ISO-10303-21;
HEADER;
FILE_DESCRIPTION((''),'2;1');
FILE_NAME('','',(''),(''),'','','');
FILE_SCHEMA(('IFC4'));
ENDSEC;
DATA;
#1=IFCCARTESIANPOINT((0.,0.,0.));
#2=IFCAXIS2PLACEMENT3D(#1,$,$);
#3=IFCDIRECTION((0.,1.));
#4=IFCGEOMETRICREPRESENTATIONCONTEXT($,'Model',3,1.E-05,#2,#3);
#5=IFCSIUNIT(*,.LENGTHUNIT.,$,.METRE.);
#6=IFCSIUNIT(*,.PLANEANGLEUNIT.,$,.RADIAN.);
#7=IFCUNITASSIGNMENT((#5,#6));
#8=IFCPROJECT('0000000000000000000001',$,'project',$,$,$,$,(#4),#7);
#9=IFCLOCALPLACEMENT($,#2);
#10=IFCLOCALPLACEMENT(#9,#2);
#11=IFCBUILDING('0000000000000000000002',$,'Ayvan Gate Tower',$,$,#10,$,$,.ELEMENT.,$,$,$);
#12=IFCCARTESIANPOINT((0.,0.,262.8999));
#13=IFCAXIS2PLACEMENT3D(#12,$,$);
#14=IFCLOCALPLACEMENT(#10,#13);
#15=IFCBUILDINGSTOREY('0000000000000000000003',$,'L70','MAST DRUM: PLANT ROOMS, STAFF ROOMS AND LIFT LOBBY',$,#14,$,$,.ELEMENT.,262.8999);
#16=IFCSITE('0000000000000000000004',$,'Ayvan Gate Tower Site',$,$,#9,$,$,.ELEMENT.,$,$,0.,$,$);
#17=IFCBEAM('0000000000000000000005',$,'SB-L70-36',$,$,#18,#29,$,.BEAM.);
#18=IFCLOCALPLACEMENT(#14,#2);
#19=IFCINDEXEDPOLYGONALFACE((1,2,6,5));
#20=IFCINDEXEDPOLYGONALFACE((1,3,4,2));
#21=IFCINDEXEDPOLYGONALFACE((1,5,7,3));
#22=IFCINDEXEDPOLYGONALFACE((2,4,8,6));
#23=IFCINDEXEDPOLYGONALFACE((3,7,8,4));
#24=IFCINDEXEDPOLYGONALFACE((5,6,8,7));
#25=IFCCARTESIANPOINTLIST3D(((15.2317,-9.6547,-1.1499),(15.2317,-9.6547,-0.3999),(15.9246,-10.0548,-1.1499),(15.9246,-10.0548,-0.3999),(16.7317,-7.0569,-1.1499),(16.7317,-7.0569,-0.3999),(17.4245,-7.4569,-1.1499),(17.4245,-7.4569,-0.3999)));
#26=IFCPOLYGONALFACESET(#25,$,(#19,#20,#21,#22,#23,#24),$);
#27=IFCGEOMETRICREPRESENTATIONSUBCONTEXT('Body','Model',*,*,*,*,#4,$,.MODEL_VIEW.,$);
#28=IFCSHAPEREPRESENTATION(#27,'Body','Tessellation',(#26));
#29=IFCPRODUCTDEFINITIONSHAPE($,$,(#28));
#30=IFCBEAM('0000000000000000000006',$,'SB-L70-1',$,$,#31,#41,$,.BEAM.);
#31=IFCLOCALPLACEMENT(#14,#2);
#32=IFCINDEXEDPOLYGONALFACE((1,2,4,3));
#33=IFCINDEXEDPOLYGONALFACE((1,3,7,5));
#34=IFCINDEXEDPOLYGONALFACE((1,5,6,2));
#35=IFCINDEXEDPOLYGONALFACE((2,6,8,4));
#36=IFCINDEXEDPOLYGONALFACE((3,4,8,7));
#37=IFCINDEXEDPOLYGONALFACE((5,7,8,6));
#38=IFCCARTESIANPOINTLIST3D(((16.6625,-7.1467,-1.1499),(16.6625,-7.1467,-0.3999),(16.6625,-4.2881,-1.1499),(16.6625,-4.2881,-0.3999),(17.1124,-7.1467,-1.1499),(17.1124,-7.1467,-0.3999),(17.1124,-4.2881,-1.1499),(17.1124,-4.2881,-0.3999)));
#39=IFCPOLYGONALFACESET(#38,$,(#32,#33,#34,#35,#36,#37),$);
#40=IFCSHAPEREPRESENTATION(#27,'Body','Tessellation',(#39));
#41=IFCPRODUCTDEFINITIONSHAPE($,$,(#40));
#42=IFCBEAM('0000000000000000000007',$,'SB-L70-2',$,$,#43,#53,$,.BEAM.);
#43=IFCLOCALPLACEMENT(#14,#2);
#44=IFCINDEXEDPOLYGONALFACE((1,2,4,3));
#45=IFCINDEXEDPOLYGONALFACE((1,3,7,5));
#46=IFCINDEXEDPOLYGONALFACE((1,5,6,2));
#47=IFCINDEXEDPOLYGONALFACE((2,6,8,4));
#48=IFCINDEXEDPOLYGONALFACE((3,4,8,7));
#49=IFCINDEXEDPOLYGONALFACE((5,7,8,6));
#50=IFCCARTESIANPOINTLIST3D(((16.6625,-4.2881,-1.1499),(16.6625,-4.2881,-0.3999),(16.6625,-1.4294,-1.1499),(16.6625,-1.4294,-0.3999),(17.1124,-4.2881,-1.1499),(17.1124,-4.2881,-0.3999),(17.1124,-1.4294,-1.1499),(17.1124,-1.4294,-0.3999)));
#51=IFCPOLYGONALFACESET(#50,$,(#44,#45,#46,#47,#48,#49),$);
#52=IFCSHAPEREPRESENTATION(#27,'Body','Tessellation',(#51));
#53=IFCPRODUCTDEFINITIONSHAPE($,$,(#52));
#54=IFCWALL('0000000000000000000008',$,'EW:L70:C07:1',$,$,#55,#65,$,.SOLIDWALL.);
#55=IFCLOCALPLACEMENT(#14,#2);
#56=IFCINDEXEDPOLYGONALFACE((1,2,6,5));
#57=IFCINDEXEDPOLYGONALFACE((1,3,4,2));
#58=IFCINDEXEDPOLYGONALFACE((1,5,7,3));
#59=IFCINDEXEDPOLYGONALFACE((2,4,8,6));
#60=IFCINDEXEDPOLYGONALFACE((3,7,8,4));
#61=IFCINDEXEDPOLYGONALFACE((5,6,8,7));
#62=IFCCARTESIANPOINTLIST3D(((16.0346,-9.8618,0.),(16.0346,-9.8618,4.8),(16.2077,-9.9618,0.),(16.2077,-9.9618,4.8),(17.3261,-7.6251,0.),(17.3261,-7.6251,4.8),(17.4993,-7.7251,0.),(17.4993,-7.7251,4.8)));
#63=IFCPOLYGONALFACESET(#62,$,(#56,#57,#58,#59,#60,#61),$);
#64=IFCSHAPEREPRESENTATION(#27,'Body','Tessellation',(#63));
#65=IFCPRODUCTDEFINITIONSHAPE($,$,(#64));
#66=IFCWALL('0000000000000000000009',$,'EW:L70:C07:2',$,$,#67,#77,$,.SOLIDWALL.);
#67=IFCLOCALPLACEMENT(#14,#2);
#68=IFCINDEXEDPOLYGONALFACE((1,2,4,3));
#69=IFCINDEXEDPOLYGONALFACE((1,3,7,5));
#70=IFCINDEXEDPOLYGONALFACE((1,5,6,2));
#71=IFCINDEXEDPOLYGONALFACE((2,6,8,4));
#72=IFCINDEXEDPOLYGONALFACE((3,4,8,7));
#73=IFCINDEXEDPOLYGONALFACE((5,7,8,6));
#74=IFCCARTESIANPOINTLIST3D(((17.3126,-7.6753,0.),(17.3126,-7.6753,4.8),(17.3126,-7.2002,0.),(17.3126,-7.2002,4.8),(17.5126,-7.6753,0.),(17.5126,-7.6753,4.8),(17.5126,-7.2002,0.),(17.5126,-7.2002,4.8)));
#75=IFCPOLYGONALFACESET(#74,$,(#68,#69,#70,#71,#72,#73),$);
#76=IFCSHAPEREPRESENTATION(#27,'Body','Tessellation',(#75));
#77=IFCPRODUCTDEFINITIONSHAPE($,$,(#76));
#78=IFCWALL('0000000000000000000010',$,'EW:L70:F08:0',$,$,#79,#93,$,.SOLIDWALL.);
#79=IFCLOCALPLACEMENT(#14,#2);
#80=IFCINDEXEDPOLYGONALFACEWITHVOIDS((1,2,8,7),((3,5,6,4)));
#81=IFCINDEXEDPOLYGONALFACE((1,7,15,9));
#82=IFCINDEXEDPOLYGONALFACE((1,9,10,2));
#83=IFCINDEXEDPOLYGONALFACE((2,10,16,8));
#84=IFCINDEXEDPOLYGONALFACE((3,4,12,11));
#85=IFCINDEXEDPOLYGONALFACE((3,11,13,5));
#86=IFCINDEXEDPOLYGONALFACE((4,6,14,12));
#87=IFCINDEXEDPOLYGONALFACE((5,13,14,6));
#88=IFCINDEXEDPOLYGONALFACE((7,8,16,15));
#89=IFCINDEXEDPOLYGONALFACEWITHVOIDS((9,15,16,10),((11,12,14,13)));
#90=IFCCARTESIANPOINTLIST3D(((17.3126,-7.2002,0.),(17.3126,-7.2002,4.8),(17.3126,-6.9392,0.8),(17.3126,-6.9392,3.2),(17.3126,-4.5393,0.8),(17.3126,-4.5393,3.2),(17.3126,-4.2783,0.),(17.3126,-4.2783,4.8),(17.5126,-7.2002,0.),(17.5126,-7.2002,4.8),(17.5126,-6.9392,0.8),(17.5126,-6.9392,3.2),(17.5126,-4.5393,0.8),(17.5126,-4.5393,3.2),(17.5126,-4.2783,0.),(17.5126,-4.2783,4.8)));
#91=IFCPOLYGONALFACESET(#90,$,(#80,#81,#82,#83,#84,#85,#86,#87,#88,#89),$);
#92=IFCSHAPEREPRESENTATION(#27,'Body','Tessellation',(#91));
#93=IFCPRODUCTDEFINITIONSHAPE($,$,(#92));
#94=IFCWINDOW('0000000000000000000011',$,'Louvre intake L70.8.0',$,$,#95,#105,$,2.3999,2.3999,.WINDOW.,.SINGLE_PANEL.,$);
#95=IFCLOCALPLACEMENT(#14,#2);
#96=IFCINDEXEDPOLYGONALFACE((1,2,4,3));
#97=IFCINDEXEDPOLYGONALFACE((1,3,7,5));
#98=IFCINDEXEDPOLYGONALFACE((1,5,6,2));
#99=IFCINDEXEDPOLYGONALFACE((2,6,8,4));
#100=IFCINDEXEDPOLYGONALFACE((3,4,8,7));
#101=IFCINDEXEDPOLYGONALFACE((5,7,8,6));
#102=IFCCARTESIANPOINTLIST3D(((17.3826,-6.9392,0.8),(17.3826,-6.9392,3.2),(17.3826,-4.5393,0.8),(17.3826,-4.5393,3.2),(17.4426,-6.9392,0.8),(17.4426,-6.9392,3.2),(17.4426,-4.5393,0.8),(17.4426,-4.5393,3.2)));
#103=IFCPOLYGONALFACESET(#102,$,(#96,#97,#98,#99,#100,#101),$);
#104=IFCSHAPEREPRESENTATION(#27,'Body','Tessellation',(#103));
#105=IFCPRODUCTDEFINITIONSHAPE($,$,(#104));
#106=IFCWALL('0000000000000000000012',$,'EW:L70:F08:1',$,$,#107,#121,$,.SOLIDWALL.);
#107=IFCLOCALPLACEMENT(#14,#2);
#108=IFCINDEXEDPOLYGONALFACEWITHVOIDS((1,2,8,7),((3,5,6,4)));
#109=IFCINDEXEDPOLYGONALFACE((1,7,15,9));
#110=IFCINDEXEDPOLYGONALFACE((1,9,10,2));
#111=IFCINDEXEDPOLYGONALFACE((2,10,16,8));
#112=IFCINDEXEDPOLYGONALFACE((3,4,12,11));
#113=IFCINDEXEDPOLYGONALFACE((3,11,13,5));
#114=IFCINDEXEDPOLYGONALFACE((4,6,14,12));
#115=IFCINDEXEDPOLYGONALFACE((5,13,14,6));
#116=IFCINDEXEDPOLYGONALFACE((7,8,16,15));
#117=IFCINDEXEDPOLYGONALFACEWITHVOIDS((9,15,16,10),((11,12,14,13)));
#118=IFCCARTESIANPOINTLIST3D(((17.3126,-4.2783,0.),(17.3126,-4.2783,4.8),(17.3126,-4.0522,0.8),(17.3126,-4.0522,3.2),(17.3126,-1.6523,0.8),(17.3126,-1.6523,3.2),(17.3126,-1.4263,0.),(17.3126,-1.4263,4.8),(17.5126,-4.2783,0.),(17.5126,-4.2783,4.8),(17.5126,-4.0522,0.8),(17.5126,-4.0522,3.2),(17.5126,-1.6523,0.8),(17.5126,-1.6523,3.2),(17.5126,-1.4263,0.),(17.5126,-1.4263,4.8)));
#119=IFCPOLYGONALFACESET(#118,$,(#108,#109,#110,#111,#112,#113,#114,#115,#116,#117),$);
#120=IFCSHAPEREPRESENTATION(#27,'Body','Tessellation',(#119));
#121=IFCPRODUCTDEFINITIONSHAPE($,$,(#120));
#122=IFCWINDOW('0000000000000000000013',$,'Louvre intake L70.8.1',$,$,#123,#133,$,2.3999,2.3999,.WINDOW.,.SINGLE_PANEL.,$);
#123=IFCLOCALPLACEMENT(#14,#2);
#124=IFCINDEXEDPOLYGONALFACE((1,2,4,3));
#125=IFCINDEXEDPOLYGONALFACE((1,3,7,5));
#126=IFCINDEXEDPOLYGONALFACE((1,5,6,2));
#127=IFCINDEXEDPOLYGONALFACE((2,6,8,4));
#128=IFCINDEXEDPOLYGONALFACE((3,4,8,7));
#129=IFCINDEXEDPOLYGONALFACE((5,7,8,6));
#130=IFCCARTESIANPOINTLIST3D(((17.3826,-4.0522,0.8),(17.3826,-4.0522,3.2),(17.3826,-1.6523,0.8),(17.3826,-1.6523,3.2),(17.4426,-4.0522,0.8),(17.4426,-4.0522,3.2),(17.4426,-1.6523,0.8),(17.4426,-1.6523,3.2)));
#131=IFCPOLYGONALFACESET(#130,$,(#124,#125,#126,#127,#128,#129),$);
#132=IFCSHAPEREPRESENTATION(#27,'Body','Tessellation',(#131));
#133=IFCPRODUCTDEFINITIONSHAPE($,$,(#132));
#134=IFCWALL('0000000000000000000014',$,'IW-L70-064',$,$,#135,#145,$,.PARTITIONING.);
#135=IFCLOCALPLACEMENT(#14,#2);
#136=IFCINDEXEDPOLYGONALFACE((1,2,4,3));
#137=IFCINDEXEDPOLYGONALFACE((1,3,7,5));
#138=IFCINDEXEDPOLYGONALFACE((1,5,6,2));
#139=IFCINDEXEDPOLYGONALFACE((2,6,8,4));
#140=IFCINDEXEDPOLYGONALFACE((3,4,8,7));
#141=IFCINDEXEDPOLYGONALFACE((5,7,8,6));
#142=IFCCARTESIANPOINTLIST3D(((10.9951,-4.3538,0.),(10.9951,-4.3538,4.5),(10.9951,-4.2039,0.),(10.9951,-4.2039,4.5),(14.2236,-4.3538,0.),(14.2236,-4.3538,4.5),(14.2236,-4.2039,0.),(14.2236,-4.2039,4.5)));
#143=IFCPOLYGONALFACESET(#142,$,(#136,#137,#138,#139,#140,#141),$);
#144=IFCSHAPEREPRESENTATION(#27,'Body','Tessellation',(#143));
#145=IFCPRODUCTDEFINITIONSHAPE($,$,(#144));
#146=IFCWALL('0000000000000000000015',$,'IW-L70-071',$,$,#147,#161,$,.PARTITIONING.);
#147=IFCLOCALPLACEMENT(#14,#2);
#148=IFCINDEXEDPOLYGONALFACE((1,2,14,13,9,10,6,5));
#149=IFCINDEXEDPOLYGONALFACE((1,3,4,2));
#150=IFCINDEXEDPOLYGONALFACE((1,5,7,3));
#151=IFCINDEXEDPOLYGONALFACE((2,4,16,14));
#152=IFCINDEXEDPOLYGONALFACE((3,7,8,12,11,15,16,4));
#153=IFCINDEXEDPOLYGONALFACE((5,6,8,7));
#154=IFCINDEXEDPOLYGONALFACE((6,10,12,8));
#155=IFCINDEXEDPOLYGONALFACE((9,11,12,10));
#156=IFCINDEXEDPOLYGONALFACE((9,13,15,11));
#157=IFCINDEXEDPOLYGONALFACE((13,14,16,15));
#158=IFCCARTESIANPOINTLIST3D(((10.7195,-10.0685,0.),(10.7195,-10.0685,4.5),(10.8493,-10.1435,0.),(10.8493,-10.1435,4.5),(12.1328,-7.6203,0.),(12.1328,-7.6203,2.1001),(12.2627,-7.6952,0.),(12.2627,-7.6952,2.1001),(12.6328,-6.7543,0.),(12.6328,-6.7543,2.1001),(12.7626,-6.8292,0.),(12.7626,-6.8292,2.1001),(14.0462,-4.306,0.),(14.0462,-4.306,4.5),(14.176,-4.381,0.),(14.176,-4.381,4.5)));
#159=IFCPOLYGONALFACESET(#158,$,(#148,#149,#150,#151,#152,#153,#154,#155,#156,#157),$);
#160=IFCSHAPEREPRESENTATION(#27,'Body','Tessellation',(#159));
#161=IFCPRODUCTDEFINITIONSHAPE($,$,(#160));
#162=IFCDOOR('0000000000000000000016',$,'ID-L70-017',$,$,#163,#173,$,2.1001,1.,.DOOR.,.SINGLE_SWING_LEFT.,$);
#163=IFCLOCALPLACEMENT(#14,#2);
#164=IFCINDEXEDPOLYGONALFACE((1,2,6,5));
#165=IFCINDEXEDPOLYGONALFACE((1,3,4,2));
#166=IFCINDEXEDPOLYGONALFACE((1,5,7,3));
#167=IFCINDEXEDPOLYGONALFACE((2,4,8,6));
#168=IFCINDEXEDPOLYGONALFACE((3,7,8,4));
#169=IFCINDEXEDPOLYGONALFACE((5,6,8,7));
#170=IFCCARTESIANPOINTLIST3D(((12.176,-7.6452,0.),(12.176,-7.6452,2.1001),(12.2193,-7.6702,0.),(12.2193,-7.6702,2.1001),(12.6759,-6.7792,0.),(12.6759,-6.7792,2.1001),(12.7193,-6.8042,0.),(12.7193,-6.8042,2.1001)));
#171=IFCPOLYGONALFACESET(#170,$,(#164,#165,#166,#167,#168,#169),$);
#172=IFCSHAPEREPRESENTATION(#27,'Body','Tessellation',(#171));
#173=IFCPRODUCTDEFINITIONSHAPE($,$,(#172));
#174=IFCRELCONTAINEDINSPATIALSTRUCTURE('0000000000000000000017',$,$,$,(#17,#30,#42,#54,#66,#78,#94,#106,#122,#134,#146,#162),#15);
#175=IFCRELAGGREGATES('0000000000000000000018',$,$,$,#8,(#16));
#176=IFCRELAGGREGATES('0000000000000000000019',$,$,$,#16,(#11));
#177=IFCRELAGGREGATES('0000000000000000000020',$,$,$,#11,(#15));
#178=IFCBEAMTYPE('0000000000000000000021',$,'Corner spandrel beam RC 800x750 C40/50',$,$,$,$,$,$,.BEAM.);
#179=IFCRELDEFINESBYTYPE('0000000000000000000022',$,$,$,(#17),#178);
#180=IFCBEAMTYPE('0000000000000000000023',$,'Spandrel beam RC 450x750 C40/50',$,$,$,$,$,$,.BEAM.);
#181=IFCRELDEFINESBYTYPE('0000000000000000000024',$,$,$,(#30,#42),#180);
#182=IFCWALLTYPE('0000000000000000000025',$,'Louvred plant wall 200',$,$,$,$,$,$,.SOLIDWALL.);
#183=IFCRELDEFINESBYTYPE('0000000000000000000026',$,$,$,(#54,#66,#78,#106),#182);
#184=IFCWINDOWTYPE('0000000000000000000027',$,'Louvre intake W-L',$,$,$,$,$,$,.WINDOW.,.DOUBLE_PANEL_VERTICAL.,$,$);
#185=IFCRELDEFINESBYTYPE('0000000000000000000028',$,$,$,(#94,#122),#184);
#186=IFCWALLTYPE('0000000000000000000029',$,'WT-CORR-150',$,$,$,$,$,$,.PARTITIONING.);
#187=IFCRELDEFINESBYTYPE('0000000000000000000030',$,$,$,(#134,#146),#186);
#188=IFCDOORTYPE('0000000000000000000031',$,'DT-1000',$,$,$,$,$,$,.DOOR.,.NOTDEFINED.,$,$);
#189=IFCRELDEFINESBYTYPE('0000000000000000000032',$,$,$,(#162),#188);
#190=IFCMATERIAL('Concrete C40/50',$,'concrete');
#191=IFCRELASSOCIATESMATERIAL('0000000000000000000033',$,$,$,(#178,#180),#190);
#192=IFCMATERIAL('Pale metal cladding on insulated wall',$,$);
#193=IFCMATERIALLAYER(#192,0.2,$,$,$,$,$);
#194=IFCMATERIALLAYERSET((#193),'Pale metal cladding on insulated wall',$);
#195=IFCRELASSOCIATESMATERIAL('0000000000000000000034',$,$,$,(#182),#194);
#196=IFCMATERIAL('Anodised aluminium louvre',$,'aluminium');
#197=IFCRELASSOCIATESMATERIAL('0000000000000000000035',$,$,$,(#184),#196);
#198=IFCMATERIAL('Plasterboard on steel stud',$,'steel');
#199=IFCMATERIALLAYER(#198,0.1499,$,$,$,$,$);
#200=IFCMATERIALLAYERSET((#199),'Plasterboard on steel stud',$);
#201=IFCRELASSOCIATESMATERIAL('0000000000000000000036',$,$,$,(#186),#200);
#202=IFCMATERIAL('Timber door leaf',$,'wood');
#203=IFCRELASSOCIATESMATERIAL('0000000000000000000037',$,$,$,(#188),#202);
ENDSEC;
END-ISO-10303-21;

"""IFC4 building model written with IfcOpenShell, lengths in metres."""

from ifc_helpers import new_model, si_unit, direction, frame, frame_2d, origin, origin_2d, place, context, subcontext, project, spatial, rectangle, extrude, material, layer, layer_set, material_profile, profile_set, type_object, element, fill, save


model = new_model("IFC4")

# Units and contexts
model_context = context("Model", 3, precision=1e-05, world=origin(), true_north=direction((0.0, 1.0)))
body_context = subcontext(model_context, "Body", "Model", "MODEL_VIEW")
ifc_project = project(units=[si_unit("LENGTHUNIT", "METRE"), si_unit("PLANEANGLEUNIT", "RADIAN")], contexts=[model_context])

# Site, building, storey
site_placement = place(None, origin())
site = spatial("IfcSite", under=ifc_project, at=site_placement, Name="Ayvan Gate Tower Site", CompositionType="ELEMENT", RefElevation=0.0)
building_placement = place(site_placement, origin())
building = spatial("IfcBuilding", under=site, at=building_placement, Name="Ayvan Gate Tower", CompositionType="ELEMENT")
storey_placement = place(building_placement, frame((0.0, 0.0, 262.8999)))
storey = spatial("IfcBuildingStorey", under=building, at=storey_placement, Name="L70", Description="MAST DRUM: PLANT ROOMS, STAFF ROOMS AND LIFT LOBBY", CompositionType="ELEMENT", Elevation=262.8999)

# Beams
ifc_material_1 = material(Name="Concrete C40/50", Category="concrete")
ifc_material_profile_1 = material_profile(ifc_material_1, rectangle(XDim=0.8, YDim=0.75, at=origin_2d()), Name="RC 800x750")
ifc_profile_set_1 = profile_set([ifc_material_profile_1], Name="Concrete C40/50")
beam_type_1 = type_object("IfcBeamType", Name="Corner spandrel beam RC 800x750 C40/50", PredefinedType="BEAM", material=ifc_profile_set_1)
beam_placement = place(storey_placement, frame((15.5781, -9.8547, -0.7749), z_axis=(0.500025, 0.866011, 0.0), x_axis=(-0.866011, 0.500025, 0.0)))
element("IfcBeam", 1, at=beam_placement, inside=storey, type_object=beam_type_1, Name="SB-L70-36", PredefinedType="BEAM", context=body_context, shape_type="SweptSolid", body=[
    extrude(rectangle(XDim=0.8, YDim=0.75, at=origin_2d()), origin(), (0.0, 0.0, 1.0), 2.9998),
])
ifc_material_profile_2 = material_profile(ifc_material_1, rectangle(XDim=0.45, YDim=0.75, at=origin_2d()), Name="RC 450x750")
ifc_profile_set_2 = profile_set([ifc_material_profile_2], Name="Concrete C40/50")
beam_type_2 = type_object("IfcBeamType", Name="Spandrel beam RC 450x750 C40/50", PredefinedType="BEAM", material=ifc_profile_set_2)
for number, where, z_axis, x_axis, name in (
    (2, (16.8875, -7.1467, -0.7749), (0.0, 1.0, 0.0), (-1.0, 0.0, 0.0), "SB-L70-1"),
    (3, (16.8875, -4.2881, -0.7749), (0.0, 1.0, 0.0), (-1.0, 0.0, 0.0), "SB-L70-2"),
):
    element("IfcBeam", number, at=place(storey_placement, frame(where, z_axis=z_axis, x_axis=x_axis)), inside=storey, type_object=beam_type_2, Name=name, PredefinedType="BEAM", context=body_context, shape_type="SweptSolid", body=[
        extrude(rectangle(XDim=0.45, YDim=0.75, at=origin_2d()), origin(), (0.0, 0.0, 1.0), 2.8586),
    ])

# Walls
ifc_material_2 = material(Name="Pale metal cladding on insulated wall")
ifc_layer_1 = layer(ifc_material_2, 0.2)
ifc_layer_set_1 = layer_set([ifc_layer_1], Name="Pale metal cladding on insulated wall")
wall_type_1 = type_object("IfcWallType", Name="Louvred plant wall 200", PredefinedType="SOLIDWALL", material=ifc_layer_set_1)
wall_1_placement = place(storey_placement, frame((16.1211, -9.9119, 0.0), z_axis=(0.0, 0.0, 1.0), x_axis=(0.500063, 0.865989, 0.0)))
element("IfcWall", 4, at=wall_1_placement, inside=storey, type_object=wall_type_1, Name="EW:L70:C07:1", PredefinedType="SOLIDWALL", context=body_context, shape_type="SweptSolid", body=[
    extrude(rectangle(XDim=2.5828, YDim=0.2, at=frame_2d((1.2915, 0.0))), origin(), (0.0, 0.0, 1.0), 4.8),
])
wall_2_placement = place(storey_placement, frame((17.4126, -7.6753, 0.0), z_axis=(0.0, 0.0, 1.0), x_axis=(0.0, 1.0, 0.0)))
element("IfcWall", 5, at=wall_2_placement, inside=storey, type_object=wall_type_1, Name="EW:L70:C07:2", PredefinedType="SOLIDWALL", context=body_context, shape_type="SweptSolid", body=[
    extrude(rectangle(XDim=0.4751, YDim=0.2, at=frame_2d((0.2375, 0.0))), origin(), (0.0, 0.0, 1.0), 4.8),
])

# Walls, openings, windows
wall_3_placement = place(storey_placement, frame((17.4126, -7.2002, 0.0), z_axis=(0.0, 0.0, 1.0), x_axis=(0.0, 1.0, 0.0)))
wall_3 = element("IfcWall", 6, at=wall_3_placement, inside=storey, type_object=wall_type_1, Name="EW:L70:F08:0", PredefinedType="SOLIDWALL", context=body_context, shape_type="SweptSolid", body=[
    extrude(rectangle(XDim=2.9219, YDim=0.2, at=frame_2d((1.4609, 0.0))), origin(), (0.0, 0.0, 1.0), 4.8),
])
opening_1_placement = place(wall_3_placement, frame((0.261, 0.0, 0.8)))
opening_1 = element("IfcOpeningElement", 7, at=opening_1_placement, cuts=wall_3, PredefinedType="OPENING", context=body_context, shape_type="SweptSolid", body=[
    extrude(rectangle(XDim=2.3999, YDim=2.3999, at=frame_2d((1.2, 1.2))), frame((0.0, 0.1099, 0.0), z_axis=(0.0, -1.0, 0.0), x_axis=(1.0, 0.0, 0.0)), (0.0, 0.0, 1.0), 0.22),
])
ifc_material_3 = material(Name="Anodised aluminium louvre", Category="aluminium")
window_type = type_object("IfcWindowType", Name="Louvre intake W-L", PartitioningType="DOUBLE_PANEL_VERTICAL", PredefinedType="WINDOW", material=ifc_material_3)
window_1_placement = place(opening_1_placement, origin())
window_1 = element("IfcWindow", 8, at=window_1_placement, inside=storey, type_object=window_type, Name="Louvre intake L70.8.0", OverallHeight=2.3999, OverallWidth=2.3999, PartitioningType="SINGLE_PANEL", PredefinedType="WINDOW", context=body_context, shape_type="SweptSolid", body=[
    extrude(rectangle(XDim=2.3999, YDim=2.3999, at=frame_2d((1.2, 1.2))), frame((0.0, 0.03, 0.0), z_axis=(0.0, -1.0, 0.0), x_axis=(1.0, 0.0, 0.0)), (0.0, 0.0, 1.0), 0.0601),
])
fill(opening_1, window_1)
wall_4_placement = place(storey_placement, frame((17.4126, -4.2783, 0.0), z_axis=(0.0, 0.0, 1.0), x_axis=(0.0, 1.0, 0.0)))
wall_4 = element("IfcWall", 9, at=wall_4_placement, inside=storey, type_object=wall_type_1, Name="EW:L70:F08:1", PredefinedType="SOLIDWALL", context=body_context, shape_type="SweptSolid", body=[
    extrude(rectangle(XDim=2.8521, YDim=0.2, at=frame_2d((1.426, 0.0))), origin(), (0.0, 0.0, 1.0), 4.8),
])
opening_2_placement = place(wall_4_placement, frame((0.2261, 0.0, 0.8)))
opening_2 = element("IfcOpeningElement", 10, at=opening_2_placement, cuts=wall_4, PredefinedType="OPENING", context=body_context, shape_type="SweptSolid", body=[
    extrude(rectangle(XDim=2.3999, YDim=2.3999, at=frame_2d((1.2, 1.2))), frame((0.0, 0.1099, 0.0), z_axis=(0.0, -1.0, 0.0), x_axis=(1.0, 0.0, 0.0)), (0.0, 0.0, 1.0), 0.22),
])
window_2_placement = place(opening_2_placement, origin())
window_2 = element("IfcWindow", 11, at=window_2_placement, inside=storey, type_object=window_type, Name="Louvre intake L70.8.1", OverallHeight=2.3999, OverallWidth=2.3999, PartitioningType="SINGLE_PANEL", PredefinedType="WINDOW", context=body_context, shape_type="SweptSolid", body=[
    extrude(rectangle(XDim=2.3999, YDim=2.3999, at=frame_2d((1.2, 1.2))), frame((0.0, 0.03, 0.0), z_axis=(0.0, -1.0, 0.0), x_axis=(1.0, 0.0, 0.0)), (0.0, 0.0, 1.0), 0.0601),
])
fill(opening_2, window_2)

# Wall
ifc_material_4 = material(Name="Plasterboard on steel stud", Category="steel")
ifc_layer_2 = layer(ifc_material_4, 0.1499)
ifc_layer_set_2 = layer_set([ifc_layer_2], Name="Plasterboard on steel stud")
wall_type_2 = type_object("IfcWallType", Name="WT-CORR-150", PredefinedType="PARTITIONING", material=ifc_layer_set_2)
wall_5_placement = place(storey_placement, frame((10.9951, -4.2788, 0.0), z_axis=(0.0, 0.0, 1.0), x_axis=(1.0, 0.0, 0.0)))
element("IfcWall", 12, at=wall_5_placement, inside=storey, type_object=wall_type_2, Name="IW-L70-064", PredefinedType="PARTITIONING", context=body_context, shape_type="SweptSolid", body=[
    extrude(rectangle(XDim=3.2285, YDim=0.1499, at=frame_2d((1.6143, 0.0))), origin(), (0.0, 0.0, 1.0), 4.5),
])

# Wall, opening, door
wall_6_placement = place(storey_placement, frame((14.1111, -4.3435, 0.0), z_axis=(0.0, 0.0, 1.0), x_axis=(-0.499967, -0.866044, 0.0)))
wall_6 = element("IfcWall", 13, at=wall_6_placement, inside=storey, type_object=wall_type_2, Name="IW-L70-071", PredefinedType="PARTITIONING", context=body_context, shape_type="SweptSolid", body=[
    extrude(rectangle(XDim=6.6538, YDim=0.1499, at=frame_2d((3.3269, 0.0))), origin(), (0.0, 0.0, 1.0), 4.5),
])
opening_3_placement = place(wall_6_placement, frame((2.8269, 0.0, 0.0)))
opening_3 = element("IfcOpeningElement", 14, at=opening_3_placement, cuts=wall_6, PredefinedType="OPENING", context=body_context, shape_type="SweptSolid", body=[
    extrude(rectangle(XDim=1.0, YDim=2.1001, at=frame_2d((0.5, 1.05))), frame((0.0, 0.085, 0.0), z_axis=(0.0, -1.0, 0.0), x_axis=(1.0, 0.0, 0.0)), (0.0, 0.0, 1.0), 0.1699),
])
ifc_material_5 = material(Name="Timber door leaf", Category="wood")
door_type = type_object("IfcDoorType", Name="DT-1000", OperationType="NOTDEFINED", PredefinedType="DOOR", material=ifc_material_5)
door_placement = place(opening_3_placement, origin())
door = element("IfcDoor", 15, at=door_placement, inside=storey, type_object=door_type, Name="ID-L70-017", OperationType="SINGLE_SWING_LEFT", OverallHeight=2.1001, OverallWidth=1.0, PredefinedType="DOOR", context=body_context, shape_type="SweptSolid", body=[
    extrude(rectangle(XDim=1.0, YDim=2.1001, at=frame_2d((0.5, 1.05))), frame((0.0, 0.0249, 0.0), z_axis=(0.0, -1.0, 0.0), x_axis=(1.0, 0.0, 0.0)), (0.0, 0.0, 1.0), 0.05),
])
fill(opening_3, door)

save(model, "model.ifc")
